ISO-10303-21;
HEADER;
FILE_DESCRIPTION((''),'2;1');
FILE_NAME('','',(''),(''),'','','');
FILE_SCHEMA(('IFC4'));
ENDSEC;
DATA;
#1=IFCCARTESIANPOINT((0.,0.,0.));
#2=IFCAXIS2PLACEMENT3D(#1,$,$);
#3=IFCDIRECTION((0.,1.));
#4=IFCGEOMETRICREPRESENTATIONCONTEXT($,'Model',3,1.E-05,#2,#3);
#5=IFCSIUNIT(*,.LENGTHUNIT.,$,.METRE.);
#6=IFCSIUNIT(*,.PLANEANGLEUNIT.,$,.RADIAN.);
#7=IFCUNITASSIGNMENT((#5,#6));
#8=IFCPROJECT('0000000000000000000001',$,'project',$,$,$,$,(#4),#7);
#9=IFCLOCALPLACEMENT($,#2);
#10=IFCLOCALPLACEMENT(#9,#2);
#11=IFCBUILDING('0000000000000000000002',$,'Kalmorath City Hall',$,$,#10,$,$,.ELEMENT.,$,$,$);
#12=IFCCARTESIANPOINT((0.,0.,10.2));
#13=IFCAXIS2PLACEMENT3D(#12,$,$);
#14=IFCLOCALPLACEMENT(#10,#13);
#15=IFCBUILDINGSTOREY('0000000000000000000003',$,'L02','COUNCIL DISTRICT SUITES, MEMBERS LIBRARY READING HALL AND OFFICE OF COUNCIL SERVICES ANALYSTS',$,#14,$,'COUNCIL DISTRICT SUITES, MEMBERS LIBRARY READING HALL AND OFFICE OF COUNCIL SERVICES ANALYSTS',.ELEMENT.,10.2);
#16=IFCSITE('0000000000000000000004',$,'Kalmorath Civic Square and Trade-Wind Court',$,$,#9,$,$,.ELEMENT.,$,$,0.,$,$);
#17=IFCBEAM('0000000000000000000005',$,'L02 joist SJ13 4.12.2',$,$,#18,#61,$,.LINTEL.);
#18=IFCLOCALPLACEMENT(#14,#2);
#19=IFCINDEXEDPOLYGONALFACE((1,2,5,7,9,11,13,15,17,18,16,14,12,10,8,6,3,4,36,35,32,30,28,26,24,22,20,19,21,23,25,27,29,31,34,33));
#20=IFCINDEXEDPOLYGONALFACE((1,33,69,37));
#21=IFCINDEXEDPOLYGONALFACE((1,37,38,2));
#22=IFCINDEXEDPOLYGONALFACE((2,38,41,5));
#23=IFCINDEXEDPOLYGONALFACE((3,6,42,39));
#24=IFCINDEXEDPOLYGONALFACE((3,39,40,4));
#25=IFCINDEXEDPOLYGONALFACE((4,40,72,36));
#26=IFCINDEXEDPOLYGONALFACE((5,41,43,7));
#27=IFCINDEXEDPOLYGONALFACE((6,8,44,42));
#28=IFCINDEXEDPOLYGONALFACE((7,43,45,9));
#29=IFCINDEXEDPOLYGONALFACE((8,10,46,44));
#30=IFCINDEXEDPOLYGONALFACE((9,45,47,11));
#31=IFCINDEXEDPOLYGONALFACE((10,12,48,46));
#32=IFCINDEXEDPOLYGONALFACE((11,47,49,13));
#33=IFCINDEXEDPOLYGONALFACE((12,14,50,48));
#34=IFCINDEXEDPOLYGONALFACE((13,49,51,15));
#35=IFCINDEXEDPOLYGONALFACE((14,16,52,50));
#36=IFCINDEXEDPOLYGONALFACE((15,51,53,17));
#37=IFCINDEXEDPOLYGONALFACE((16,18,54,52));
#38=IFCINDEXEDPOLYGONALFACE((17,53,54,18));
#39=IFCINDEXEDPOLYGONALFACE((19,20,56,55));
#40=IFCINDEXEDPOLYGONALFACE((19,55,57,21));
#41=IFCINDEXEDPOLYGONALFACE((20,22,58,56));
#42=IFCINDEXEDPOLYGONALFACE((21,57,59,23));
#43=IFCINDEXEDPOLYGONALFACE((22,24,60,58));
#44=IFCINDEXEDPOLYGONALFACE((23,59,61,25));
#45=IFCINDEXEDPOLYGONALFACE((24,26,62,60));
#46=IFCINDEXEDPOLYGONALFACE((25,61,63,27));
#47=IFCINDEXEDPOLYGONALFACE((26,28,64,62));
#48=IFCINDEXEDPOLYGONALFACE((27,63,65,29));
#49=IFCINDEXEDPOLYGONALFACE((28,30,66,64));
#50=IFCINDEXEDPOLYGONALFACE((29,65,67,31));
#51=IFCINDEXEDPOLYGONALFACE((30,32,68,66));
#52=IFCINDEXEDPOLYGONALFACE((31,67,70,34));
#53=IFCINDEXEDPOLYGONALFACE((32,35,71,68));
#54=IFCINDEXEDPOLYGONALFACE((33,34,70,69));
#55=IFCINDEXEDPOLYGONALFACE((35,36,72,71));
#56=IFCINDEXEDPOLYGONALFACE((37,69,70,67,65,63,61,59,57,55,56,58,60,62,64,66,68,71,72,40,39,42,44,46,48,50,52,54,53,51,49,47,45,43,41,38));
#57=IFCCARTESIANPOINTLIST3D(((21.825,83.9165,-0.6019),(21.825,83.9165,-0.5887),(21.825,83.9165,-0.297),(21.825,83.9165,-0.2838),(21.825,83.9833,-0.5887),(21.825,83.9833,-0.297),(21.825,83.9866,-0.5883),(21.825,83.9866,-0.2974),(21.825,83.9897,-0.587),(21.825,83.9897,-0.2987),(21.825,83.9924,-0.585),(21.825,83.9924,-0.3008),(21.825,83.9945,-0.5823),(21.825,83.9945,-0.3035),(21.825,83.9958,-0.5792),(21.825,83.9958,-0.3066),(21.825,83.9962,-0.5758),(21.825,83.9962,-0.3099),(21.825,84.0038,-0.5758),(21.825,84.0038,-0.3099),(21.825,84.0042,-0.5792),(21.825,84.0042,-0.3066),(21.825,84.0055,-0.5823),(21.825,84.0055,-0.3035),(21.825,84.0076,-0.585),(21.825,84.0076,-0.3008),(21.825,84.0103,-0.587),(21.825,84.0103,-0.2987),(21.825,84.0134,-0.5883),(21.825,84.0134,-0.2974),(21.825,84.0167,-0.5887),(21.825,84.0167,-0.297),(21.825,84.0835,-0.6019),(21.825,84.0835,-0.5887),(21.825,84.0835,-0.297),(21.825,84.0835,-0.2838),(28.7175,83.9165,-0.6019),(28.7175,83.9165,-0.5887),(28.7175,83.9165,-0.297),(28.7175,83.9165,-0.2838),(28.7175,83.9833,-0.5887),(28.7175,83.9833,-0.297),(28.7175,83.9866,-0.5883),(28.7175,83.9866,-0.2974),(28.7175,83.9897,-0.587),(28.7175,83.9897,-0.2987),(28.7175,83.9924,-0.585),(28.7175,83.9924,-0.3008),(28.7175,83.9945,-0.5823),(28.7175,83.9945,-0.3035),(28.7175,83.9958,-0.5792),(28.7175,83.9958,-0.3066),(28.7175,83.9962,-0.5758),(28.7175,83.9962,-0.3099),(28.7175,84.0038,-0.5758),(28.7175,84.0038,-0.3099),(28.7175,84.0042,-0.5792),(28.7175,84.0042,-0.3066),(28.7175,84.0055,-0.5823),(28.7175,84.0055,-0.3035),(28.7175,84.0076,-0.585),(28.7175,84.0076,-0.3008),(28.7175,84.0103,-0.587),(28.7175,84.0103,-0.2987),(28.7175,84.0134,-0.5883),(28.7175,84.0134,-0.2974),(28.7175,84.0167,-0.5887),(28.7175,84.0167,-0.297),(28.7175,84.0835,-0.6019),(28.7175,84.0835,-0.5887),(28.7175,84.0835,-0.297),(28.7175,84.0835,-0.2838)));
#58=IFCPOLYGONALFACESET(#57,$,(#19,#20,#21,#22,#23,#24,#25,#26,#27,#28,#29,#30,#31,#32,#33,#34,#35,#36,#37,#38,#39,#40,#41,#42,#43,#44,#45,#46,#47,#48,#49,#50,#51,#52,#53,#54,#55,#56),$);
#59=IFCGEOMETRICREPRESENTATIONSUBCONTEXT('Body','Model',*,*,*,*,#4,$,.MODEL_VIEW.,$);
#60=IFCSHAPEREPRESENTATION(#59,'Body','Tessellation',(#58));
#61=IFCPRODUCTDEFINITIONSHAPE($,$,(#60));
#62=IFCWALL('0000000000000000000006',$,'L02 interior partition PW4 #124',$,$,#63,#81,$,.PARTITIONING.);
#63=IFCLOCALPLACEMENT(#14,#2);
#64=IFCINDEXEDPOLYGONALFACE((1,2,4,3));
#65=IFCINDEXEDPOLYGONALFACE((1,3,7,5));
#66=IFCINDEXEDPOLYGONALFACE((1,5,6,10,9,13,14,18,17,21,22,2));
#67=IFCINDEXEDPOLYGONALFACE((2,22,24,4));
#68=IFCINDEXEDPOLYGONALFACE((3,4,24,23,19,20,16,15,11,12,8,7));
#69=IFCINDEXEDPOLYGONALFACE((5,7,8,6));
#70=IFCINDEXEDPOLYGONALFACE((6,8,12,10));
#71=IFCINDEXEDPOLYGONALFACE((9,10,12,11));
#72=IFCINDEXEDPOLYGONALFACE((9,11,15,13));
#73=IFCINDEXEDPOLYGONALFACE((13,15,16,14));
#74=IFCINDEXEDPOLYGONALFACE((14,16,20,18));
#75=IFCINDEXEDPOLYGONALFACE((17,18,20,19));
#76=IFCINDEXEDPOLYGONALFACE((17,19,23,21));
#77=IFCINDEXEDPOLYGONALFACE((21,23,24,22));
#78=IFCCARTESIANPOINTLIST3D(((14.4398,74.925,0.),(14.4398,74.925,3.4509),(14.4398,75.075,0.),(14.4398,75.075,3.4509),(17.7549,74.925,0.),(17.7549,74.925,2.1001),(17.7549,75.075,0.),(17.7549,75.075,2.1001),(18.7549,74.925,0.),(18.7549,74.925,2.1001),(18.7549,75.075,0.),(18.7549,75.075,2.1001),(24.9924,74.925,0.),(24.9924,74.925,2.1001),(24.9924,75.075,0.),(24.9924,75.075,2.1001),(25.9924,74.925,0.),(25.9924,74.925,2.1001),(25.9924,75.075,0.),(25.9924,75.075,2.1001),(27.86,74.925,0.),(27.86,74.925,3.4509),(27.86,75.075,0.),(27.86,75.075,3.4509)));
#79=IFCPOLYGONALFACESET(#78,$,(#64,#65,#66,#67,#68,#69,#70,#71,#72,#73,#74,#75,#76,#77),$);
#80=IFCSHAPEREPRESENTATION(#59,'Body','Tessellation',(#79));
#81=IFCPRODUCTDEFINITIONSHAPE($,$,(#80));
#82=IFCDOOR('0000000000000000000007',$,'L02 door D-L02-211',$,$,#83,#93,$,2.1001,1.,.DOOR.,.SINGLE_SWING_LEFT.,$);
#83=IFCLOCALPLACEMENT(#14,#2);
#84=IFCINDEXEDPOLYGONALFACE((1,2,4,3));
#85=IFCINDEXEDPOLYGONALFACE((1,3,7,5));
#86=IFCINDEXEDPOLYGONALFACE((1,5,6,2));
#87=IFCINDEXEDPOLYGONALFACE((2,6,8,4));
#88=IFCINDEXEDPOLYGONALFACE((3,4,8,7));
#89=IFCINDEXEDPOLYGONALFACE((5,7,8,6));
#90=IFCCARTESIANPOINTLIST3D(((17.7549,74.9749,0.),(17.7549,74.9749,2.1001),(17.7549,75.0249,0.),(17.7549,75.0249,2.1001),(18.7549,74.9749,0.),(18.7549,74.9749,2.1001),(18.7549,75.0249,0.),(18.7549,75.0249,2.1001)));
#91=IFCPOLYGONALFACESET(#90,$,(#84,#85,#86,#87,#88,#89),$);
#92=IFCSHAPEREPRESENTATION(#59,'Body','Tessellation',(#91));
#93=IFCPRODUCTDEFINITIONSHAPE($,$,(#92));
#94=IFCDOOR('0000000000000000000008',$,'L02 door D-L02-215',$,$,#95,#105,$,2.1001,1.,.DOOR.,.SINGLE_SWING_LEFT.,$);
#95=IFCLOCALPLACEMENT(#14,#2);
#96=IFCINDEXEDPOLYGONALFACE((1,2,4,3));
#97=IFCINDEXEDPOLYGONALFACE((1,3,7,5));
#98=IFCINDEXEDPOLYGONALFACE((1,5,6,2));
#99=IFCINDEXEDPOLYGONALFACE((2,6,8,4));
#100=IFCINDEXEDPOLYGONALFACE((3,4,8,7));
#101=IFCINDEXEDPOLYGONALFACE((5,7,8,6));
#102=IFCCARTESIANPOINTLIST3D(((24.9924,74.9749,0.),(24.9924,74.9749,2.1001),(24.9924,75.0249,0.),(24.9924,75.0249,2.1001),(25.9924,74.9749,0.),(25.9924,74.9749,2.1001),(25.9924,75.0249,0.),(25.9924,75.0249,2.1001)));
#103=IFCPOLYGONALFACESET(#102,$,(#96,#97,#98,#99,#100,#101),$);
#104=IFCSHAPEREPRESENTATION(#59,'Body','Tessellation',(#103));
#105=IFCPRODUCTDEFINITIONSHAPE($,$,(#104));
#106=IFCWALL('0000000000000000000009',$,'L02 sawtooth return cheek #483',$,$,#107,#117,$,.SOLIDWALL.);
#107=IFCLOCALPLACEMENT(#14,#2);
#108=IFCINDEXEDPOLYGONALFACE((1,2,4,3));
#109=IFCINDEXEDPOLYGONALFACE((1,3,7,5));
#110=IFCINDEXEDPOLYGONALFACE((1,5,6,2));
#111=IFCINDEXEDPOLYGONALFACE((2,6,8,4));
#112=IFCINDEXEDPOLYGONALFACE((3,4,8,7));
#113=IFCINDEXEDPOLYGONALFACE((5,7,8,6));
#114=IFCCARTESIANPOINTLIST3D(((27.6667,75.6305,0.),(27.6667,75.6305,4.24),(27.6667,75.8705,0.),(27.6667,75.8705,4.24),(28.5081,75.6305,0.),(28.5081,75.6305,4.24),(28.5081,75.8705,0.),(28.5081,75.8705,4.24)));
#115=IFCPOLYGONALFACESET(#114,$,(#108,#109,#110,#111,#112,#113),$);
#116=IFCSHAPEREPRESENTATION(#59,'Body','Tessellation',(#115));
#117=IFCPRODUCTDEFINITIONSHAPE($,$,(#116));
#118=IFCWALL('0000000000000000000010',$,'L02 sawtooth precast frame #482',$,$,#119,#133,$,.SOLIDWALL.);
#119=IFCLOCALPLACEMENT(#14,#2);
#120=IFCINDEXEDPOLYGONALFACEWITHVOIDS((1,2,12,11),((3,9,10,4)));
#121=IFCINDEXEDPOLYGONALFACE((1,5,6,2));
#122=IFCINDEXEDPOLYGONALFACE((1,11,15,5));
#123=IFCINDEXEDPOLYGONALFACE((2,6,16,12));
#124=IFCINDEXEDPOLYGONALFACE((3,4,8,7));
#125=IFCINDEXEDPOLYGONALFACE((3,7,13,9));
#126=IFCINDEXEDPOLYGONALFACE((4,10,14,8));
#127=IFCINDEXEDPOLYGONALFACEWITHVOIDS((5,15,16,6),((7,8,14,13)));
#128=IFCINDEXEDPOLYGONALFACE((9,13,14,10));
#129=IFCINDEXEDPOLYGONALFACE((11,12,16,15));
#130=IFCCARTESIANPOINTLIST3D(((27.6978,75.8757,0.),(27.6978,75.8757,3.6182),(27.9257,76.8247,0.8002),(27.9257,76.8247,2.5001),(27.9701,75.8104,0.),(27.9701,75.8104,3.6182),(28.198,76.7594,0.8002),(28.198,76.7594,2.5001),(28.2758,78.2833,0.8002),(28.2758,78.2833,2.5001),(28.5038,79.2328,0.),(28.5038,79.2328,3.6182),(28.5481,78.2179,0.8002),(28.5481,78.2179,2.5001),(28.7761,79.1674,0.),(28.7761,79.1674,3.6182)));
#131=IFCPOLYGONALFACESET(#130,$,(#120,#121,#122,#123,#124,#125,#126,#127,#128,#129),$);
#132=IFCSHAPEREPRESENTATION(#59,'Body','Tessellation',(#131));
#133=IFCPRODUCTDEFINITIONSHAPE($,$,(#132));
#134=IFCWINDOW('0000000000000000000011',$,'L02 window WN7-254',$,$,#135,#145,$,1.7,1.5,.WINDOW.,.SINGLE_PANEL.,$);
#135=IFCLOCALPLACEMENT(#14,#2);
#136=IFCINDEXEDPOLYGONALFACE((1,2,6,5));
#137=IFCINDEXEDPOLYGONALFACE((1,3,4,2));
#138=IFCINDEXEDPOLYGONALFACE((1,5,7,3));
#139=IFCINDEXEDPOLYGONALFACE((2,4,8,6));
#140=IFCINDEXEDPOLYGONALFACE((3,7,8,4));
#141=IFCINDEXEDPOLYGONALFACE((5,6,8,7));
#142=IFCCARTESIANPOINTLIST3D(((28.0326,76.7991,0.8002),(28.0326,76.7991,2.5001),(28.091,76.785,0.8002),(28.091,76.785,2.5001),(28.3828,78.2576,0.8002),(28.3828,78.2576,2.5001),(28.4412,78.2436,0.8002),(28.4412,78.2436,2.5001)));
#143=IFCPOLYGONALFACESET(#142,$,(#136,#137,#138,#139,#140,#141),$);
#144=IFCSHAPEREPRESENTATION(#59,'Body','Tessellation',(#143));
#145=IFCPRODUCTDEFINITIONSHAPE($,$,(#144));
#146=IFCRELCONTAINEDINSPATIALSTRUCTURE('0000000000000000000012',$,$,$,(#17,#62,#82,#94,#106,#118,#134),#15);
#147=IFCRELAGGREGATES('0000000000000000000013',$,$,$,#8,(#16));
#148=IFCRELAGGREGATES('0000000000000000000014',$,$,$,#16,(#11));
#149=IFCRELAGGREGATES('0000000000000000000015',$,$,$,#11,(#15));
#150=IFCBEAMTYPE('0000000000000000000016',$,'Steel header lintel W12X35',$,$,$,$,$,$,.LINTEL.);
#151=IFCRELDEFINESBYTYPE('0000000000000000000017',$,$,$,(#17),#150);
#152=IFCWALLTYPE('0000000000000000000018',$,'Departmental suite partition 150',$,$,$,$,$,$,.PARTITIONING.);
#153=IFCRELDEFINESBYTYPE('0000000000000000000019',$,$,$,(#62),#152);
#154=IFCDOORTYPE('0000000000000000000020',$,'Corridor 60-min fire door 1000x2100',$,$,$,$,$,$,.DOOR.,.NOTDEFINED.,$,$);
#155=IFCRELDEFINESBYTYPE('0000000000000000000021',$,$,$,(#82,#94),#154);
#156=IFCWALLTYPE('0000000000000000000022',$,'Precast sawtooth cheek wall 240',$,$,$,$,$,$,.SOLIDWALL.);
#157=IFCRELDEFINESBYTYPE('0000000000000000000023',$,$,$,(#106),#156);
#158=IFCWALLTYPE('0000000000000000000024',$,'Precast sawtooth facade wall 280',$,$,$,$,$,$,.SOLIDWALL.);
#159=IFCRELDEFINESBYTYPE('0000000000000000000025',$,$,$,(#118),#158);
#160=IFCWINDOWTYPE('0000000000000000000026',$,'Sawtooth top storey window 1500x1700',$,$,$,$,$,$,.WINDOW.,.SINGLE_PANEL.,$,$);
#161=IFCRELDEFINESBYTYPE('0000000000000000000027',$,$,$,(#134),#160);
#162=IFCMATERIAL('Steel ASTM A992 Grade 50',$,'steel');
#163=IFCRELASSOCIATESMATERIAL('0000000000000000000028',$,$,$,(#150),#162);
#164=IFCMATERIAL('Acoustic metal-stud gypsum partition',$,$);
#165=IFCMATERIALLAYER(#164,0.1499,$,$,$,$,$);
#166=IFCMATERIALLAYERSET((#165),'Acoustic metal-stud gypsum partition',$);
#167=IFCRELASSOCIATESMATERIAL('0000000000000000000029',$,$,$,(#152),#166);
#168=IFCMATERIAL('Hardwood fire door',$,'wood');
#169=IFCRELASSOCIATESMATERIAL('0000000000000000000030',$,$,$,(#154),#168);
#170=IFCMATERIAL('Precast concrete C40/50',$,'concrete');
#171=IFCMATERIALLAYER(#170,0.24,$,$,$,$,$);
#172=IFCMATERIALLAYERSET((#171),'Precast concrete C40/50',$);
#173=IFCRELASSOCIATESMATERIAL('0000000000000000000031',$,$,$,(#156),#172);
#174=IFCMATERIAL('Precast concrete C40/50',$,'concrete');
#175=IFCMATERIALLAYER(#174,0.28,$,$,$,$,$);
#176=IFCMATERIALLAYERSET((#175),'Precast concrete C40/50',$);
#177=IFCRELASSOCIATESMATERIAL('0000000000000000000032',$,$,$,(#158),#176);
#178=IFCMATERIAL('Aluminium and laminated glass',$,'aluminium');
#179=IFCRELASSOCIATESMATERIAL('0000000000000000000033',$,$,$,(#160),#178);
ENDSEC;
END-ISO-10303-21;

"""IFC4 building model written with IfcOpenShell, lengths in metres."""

from ifc_helpers import new_model, si_unit, direction, frame, frame_2d, origin, origin_2d, place, context, subcontext, project, spatial, rectangle, i_section, extrude, material, layer, layer_set, material_profile, profile_set, type_object, element, fill, save


model = new_model("IFC4")

# Units and contexts
model_context = context("Model", 3, precision=1e-05, world=origin(), true_north=direction((0.0, 1.0)))
body_context = subcontext(model_context, "Body", "Model", "MODEL_VIEW")
ifc_project = project(units=[si_unit("LENGTHUNIT", "METRE"), si_unit("PLANEANGLEUNIT", "RADIAN")], contexts=[model_context])

# Site, building, storey
site_placement = place(None, origin())
site = spatial("IfcSite", under=ifc_project, at=site_placement, Name="Kalmorath Civic Square and Trade-Wind Court", CompositionType="ELEMENT", RefElevation=0.0)
building_placement = place(site_placement, origin())
building = spatial("IfcBuilding", under=site, at=building_placement, Name="Kalmorath City Hall", CompositionType="ELEMENT")
storey_placement = place(building_placement, frame((0.0, 0.0, 10.2)))
storey = spatial("IfcBuildingStorey", under=building, at=storey_placement, Name="L02", Description="COUNCIL DISTRICT SUITES, MEMBERS LIBRARY READING HALL AND OFFICE OF COUNCIL SERVICES ANALYSTS", LongName="COUNCIL DISTRICT SUITES, MEMBERS LIBRARY READING HALL AND OFFICE OF COUNCIL SERVICES ANALYSTS", CompositionType="ELEMENT", Elevation=10.2)

# Beam
ifc_material_1 = material(Name="Steel ASTM A992 Grade 50", Category="steel")
ifc_material_profile_1 = material_profile(ifc_material_1, i_section(OverallWidth=0.167, OverallDepth=0.3181, WebThickness=0.0076, FlangeThickness=0.0132, FilletRadius=0.0129, at=origin_2d()), Name="W12X35")
ifc_profile_set_1 = profile_set([ifc_material_profile_1], Name="Steel ASTM A992 Grade 50")
beam_type_1 = type_object("IfcBeamType", Name="Steel header lintel W12X35", PredefinedType="LINTEL", material=ifc_profile_set_1)
for number, where, z_axis, x_axis, name in (
    (1, (21.825, 84.0, -0.4429), (1.0, 0.0, 0.0), (0.0, 1.0, 0.0), "L02 joist SJ13 4.12.2"),
):
    element("IfcBeam", number, at=place(storey_placement, frame(where, z_axis=z_axis, x_axis=x_axis)), inside=storey, type_object=beam_type_1, Name=name, PredefinedType="LINTEL", context=body_context, shape_type="SweptSolid", body=[
        extrude(i_section(OverallWidth=0.167, OverallDepth=0.3181, WebThickness=0.0076, FlangeThickness=0.0132, FilletRadius=0.0129, at=origin_2d()), origin(), (0.0, 0.0, 1.0), 6.8926),
    ])

# Wall, openings, doors
ifc_material_2 = material(Name="Acoustic metal-stud gypsum partition")
ifc_layer_1 = layer(ifc_material_2, 0.1499)
ifc_layer_set_1 = layer_set([ifc_layer_1], Name="Acoustic metal-stud gypsum partition")
wall_type_1 = type_object("IfcWallType", Name="Departmental suite partition 150", PredefinedType="PARTITIONING", material=ifc_layer_set_1)
wall_1_placement = place(storey_placement, frame((14.4399, 75.0, 0.0), z_axis=(0.0, 0.0, 1.0), x_axis=(1.0, 0.0, 0.0)))
wall_1 = element("IfcWall", 2, at=wall_1_placement, inside=storey, type_object=wall_type_1, Name="L02 interior partition PW4 #124", PredefinedType="PARTITIONING", context=body_context, shape_type="SweptSolid", body=[
    extrude(rectangle(XDim=13.4202, YDim=0.1499, at=frame_2d((6.71, 0.0))), origin(), (0.0, 0.0, 1.0), 3.4509),
])
opening_1_placement = place(wall_1_placement, frame((3.3149, 0.0, 0.0)))
opening_1 = element("IfcOpeningElement", 3, at=opening_1_placement, cuts=wall_1, PredefinedType="OPENING", context=body_context, shape_type="SweptSolid", body=[
    extrude(rectangle(XDim=1.0, YDim=2.1001, at=frame_2d((0.5, 1.05))), frame((0.0, 0.085, 0.0), z_axis=(0.0, -1.0, 0.0), x_axis=(1.0, 0.0, 0.0)), (0.0, 0.0, 1.0), 0.1699),
])
opening_2_placement = place(wall_1_placement, frame((10.5525, 0.0, 0.0)))
opening_2 = element("IfcOpeningElement", 4, at=opening_2_placement, cuts=wall_1, PredefinedType="OPENING", context=body_context, shape_type="SweptSolid", body=[
    extrude(rectangle(XDim=1.0, YDim=2.1001, at=frame_2d((0.5, 1.05))), frame((0.0, 0.085, 0.0), z_axis=(0.0, -1.0, 0.0), x_axis=(1.0, 0.0, 0.0)), (0.0, 0.0, 1.0), 0.1699),
])
ifc_material_3 = material(Name="Hardwood fire door", Category="wood")
door_type = type_object("IfcDoorType", Name="Corridor 60-min fire door 1000x2100", OperationType="NOTDEFINED", PredefinedType="DOOR", material=ifc_material_3)
door_1_placement = place(opening_1_placement, origin())
door_1 = element("IfcDoor", 5, at=door_1_placement, inside=storey, type_object=door_type, Name="L02 door D-L02-211", OperationType="SINGLE_SWING_LEFT", OverallHeight=2.1001, OverallWidth=1.0, PredefinedType="DOOR", context=body_context, shape_type="SweptSolid", body=[
    extrude(rectangle(XDim=1.0, YDim=2.1001, at=frame_2d((0.5, 1.05))), frame((0.0, 0.0249, 0.0), z_axis=(0.0, -1.0, 0.0), x_axis=(1.0, 0.0, 0.0)), (0.0, 0.0, 1.0), 0.05),
])
fill(opening_1, door_1)
door_2_placement = place(opening_2_placement, origin())
door_2 = element("IfcDoor", 6, at=door_2_placement, inside=storey, type_object=door_type, Name="L02 door D-L02-215", OperationType="SINGLE_SWING_LEFT", OverallHeight=2.1001, OverallWidth=1.0, PredefinedType="DOOR", context=body_context, shape_type="SweptSolid", body=[
    extrude(rectangle(XDim=1.0, YDim=2.1001, at=frame_2d((0.5, 1.05))), frame((0.0, 0.0249, 0.0), z_axis=(0.0, -1.0, 0.0), x_axis=(1.0, 0.0, 0.0)), (0.0, 0.0, 1.0), 0.05),
])
fill(opening_2, door_2)

# Wall
ifc_material_4 = material(Name="Precast concrete C40/50", Category="concrete")
ifc_layer_2 = layer(ifc_material_4, 0.24)
ifc_layer_set_2 = layer_set([ifc_layer_2], Name="Precast concrete C40/50")
wall_type_2 = type_object("IfcWallType", Name="Precast sawtooth cheek wall 240", PredefinedType="SOLIDWALL", material=ifc_layer_set_2)
wall_2_placement = place(storey_placement, frame((27.6667, 75.7505, 0.0), z_axis=(0.0, 0.0, 1.0), x_axis=(1.0, 0.0, 0.0)))
element("IfcWall", 7, at=wall_2_placement, inside=storey, type_object=wall_type_2, Name="L02 sawtooth return cheek #483", PredefinedType="SOLIDWALL", context=body_context, shape_type="SweptSolid", body=[
    extrude(rectangle(XDim=0.8413, YDim=0.24, at=frame_2d((0.4207, 0.0))), origin(), (0.0, 0.0, 1.0), 4.24),
])

# Wall, opening, window
ifc_material_5 = material(Name="Precast concrete C40/50", Category="concrete")
ifc_layer_3 = layer(ifc_material_5, 0.28)
ifc_layer_set_3 = layer_set([ifc_layer_3], Name="Precast concrete C40/50")
wall_type_3 = type_object("IfcWallType", Name="Precast sawtooth facade wall 280", PredefinedType="SOLIDWALL", material=ifc_layer_set_3)
wall_3_placement = place(storey_placement, frame((28.6399, 79.2, 0.0), z_axis=(0.0, 0.0, 1.0), x_axis=(-0.23344, -0.972371, 0.0)))
wall_3 = element("IfcWall", 8, at=wall_3_placement, inside=storey, type_object=wall_type_3, Name="L02 sawtooth precast frame #482", PredefinedType="SOLIDWALL", context=body_context, shape_type="SweptSolid", body=[
    extrude(rectangle(XDim=3.4524, YDim=0.28, at=frame_2d((1.7261, 0.0))), origin(), (0.0, 0.0, 1.0), 3.6182),
])
opening_3_placement = place(wall_3_placement, frame((0.9763, 0.0, 0.8)))
opening_3 = element("IfcOpeningElement", 9, at=opening_3_placement, cuts=wall_3, PredefinedType="OPENING", context=body_context, shape_type="SweptSolid", body=[
    extrude(rectangle(XDim=1.5, YDim=1.7, at=frame_2d((0.75, 0.8501))), frame((0.0, 0.1499, 0.0), z_axis=(0.0, -1.0, 0.0), x_axis=(1.0, 0.0, 0.0)), (0.0, 0.0, 1.0), 0.3),
])
ifc_material_6 = material(Name="Aluminium and laminated glass", Category="aluminium")
window_type = type_object("IfcWindowType", Name="Sawtooth top storey window 1500x1700", PartitioningType="SINGLE_PANEL", PredefinedType="WINDOW", material=ifc_material_6)
window_1_placement = place(opening_3_placement, origin())
window_1 = element("IfcWindow", 10, at=window_1_placement, inside=storey, type_object=window_type, Name="L02 window WN7-254", OverallHeight=1.7, OverallWidth=1.5, PartitioningType="SINGLE_PANEL", PredefinedType="WINDOW", context=body_context, shape_type="SweptSolid", body=[
    extrude(rectangle(XDim=1.5, YDim=1.7, at=frame_2d((0.75, 0.8501))), frame((0.0, 0.03, 0.0), z_axis=(0.0, -1.0, 0.0), x_axis=(1.0, 0.0, 0.0)), (0.0, 0.0, 1.0), 0.0601),
])
fill(opening_3, window_1)

save(model, "model.ifc")
